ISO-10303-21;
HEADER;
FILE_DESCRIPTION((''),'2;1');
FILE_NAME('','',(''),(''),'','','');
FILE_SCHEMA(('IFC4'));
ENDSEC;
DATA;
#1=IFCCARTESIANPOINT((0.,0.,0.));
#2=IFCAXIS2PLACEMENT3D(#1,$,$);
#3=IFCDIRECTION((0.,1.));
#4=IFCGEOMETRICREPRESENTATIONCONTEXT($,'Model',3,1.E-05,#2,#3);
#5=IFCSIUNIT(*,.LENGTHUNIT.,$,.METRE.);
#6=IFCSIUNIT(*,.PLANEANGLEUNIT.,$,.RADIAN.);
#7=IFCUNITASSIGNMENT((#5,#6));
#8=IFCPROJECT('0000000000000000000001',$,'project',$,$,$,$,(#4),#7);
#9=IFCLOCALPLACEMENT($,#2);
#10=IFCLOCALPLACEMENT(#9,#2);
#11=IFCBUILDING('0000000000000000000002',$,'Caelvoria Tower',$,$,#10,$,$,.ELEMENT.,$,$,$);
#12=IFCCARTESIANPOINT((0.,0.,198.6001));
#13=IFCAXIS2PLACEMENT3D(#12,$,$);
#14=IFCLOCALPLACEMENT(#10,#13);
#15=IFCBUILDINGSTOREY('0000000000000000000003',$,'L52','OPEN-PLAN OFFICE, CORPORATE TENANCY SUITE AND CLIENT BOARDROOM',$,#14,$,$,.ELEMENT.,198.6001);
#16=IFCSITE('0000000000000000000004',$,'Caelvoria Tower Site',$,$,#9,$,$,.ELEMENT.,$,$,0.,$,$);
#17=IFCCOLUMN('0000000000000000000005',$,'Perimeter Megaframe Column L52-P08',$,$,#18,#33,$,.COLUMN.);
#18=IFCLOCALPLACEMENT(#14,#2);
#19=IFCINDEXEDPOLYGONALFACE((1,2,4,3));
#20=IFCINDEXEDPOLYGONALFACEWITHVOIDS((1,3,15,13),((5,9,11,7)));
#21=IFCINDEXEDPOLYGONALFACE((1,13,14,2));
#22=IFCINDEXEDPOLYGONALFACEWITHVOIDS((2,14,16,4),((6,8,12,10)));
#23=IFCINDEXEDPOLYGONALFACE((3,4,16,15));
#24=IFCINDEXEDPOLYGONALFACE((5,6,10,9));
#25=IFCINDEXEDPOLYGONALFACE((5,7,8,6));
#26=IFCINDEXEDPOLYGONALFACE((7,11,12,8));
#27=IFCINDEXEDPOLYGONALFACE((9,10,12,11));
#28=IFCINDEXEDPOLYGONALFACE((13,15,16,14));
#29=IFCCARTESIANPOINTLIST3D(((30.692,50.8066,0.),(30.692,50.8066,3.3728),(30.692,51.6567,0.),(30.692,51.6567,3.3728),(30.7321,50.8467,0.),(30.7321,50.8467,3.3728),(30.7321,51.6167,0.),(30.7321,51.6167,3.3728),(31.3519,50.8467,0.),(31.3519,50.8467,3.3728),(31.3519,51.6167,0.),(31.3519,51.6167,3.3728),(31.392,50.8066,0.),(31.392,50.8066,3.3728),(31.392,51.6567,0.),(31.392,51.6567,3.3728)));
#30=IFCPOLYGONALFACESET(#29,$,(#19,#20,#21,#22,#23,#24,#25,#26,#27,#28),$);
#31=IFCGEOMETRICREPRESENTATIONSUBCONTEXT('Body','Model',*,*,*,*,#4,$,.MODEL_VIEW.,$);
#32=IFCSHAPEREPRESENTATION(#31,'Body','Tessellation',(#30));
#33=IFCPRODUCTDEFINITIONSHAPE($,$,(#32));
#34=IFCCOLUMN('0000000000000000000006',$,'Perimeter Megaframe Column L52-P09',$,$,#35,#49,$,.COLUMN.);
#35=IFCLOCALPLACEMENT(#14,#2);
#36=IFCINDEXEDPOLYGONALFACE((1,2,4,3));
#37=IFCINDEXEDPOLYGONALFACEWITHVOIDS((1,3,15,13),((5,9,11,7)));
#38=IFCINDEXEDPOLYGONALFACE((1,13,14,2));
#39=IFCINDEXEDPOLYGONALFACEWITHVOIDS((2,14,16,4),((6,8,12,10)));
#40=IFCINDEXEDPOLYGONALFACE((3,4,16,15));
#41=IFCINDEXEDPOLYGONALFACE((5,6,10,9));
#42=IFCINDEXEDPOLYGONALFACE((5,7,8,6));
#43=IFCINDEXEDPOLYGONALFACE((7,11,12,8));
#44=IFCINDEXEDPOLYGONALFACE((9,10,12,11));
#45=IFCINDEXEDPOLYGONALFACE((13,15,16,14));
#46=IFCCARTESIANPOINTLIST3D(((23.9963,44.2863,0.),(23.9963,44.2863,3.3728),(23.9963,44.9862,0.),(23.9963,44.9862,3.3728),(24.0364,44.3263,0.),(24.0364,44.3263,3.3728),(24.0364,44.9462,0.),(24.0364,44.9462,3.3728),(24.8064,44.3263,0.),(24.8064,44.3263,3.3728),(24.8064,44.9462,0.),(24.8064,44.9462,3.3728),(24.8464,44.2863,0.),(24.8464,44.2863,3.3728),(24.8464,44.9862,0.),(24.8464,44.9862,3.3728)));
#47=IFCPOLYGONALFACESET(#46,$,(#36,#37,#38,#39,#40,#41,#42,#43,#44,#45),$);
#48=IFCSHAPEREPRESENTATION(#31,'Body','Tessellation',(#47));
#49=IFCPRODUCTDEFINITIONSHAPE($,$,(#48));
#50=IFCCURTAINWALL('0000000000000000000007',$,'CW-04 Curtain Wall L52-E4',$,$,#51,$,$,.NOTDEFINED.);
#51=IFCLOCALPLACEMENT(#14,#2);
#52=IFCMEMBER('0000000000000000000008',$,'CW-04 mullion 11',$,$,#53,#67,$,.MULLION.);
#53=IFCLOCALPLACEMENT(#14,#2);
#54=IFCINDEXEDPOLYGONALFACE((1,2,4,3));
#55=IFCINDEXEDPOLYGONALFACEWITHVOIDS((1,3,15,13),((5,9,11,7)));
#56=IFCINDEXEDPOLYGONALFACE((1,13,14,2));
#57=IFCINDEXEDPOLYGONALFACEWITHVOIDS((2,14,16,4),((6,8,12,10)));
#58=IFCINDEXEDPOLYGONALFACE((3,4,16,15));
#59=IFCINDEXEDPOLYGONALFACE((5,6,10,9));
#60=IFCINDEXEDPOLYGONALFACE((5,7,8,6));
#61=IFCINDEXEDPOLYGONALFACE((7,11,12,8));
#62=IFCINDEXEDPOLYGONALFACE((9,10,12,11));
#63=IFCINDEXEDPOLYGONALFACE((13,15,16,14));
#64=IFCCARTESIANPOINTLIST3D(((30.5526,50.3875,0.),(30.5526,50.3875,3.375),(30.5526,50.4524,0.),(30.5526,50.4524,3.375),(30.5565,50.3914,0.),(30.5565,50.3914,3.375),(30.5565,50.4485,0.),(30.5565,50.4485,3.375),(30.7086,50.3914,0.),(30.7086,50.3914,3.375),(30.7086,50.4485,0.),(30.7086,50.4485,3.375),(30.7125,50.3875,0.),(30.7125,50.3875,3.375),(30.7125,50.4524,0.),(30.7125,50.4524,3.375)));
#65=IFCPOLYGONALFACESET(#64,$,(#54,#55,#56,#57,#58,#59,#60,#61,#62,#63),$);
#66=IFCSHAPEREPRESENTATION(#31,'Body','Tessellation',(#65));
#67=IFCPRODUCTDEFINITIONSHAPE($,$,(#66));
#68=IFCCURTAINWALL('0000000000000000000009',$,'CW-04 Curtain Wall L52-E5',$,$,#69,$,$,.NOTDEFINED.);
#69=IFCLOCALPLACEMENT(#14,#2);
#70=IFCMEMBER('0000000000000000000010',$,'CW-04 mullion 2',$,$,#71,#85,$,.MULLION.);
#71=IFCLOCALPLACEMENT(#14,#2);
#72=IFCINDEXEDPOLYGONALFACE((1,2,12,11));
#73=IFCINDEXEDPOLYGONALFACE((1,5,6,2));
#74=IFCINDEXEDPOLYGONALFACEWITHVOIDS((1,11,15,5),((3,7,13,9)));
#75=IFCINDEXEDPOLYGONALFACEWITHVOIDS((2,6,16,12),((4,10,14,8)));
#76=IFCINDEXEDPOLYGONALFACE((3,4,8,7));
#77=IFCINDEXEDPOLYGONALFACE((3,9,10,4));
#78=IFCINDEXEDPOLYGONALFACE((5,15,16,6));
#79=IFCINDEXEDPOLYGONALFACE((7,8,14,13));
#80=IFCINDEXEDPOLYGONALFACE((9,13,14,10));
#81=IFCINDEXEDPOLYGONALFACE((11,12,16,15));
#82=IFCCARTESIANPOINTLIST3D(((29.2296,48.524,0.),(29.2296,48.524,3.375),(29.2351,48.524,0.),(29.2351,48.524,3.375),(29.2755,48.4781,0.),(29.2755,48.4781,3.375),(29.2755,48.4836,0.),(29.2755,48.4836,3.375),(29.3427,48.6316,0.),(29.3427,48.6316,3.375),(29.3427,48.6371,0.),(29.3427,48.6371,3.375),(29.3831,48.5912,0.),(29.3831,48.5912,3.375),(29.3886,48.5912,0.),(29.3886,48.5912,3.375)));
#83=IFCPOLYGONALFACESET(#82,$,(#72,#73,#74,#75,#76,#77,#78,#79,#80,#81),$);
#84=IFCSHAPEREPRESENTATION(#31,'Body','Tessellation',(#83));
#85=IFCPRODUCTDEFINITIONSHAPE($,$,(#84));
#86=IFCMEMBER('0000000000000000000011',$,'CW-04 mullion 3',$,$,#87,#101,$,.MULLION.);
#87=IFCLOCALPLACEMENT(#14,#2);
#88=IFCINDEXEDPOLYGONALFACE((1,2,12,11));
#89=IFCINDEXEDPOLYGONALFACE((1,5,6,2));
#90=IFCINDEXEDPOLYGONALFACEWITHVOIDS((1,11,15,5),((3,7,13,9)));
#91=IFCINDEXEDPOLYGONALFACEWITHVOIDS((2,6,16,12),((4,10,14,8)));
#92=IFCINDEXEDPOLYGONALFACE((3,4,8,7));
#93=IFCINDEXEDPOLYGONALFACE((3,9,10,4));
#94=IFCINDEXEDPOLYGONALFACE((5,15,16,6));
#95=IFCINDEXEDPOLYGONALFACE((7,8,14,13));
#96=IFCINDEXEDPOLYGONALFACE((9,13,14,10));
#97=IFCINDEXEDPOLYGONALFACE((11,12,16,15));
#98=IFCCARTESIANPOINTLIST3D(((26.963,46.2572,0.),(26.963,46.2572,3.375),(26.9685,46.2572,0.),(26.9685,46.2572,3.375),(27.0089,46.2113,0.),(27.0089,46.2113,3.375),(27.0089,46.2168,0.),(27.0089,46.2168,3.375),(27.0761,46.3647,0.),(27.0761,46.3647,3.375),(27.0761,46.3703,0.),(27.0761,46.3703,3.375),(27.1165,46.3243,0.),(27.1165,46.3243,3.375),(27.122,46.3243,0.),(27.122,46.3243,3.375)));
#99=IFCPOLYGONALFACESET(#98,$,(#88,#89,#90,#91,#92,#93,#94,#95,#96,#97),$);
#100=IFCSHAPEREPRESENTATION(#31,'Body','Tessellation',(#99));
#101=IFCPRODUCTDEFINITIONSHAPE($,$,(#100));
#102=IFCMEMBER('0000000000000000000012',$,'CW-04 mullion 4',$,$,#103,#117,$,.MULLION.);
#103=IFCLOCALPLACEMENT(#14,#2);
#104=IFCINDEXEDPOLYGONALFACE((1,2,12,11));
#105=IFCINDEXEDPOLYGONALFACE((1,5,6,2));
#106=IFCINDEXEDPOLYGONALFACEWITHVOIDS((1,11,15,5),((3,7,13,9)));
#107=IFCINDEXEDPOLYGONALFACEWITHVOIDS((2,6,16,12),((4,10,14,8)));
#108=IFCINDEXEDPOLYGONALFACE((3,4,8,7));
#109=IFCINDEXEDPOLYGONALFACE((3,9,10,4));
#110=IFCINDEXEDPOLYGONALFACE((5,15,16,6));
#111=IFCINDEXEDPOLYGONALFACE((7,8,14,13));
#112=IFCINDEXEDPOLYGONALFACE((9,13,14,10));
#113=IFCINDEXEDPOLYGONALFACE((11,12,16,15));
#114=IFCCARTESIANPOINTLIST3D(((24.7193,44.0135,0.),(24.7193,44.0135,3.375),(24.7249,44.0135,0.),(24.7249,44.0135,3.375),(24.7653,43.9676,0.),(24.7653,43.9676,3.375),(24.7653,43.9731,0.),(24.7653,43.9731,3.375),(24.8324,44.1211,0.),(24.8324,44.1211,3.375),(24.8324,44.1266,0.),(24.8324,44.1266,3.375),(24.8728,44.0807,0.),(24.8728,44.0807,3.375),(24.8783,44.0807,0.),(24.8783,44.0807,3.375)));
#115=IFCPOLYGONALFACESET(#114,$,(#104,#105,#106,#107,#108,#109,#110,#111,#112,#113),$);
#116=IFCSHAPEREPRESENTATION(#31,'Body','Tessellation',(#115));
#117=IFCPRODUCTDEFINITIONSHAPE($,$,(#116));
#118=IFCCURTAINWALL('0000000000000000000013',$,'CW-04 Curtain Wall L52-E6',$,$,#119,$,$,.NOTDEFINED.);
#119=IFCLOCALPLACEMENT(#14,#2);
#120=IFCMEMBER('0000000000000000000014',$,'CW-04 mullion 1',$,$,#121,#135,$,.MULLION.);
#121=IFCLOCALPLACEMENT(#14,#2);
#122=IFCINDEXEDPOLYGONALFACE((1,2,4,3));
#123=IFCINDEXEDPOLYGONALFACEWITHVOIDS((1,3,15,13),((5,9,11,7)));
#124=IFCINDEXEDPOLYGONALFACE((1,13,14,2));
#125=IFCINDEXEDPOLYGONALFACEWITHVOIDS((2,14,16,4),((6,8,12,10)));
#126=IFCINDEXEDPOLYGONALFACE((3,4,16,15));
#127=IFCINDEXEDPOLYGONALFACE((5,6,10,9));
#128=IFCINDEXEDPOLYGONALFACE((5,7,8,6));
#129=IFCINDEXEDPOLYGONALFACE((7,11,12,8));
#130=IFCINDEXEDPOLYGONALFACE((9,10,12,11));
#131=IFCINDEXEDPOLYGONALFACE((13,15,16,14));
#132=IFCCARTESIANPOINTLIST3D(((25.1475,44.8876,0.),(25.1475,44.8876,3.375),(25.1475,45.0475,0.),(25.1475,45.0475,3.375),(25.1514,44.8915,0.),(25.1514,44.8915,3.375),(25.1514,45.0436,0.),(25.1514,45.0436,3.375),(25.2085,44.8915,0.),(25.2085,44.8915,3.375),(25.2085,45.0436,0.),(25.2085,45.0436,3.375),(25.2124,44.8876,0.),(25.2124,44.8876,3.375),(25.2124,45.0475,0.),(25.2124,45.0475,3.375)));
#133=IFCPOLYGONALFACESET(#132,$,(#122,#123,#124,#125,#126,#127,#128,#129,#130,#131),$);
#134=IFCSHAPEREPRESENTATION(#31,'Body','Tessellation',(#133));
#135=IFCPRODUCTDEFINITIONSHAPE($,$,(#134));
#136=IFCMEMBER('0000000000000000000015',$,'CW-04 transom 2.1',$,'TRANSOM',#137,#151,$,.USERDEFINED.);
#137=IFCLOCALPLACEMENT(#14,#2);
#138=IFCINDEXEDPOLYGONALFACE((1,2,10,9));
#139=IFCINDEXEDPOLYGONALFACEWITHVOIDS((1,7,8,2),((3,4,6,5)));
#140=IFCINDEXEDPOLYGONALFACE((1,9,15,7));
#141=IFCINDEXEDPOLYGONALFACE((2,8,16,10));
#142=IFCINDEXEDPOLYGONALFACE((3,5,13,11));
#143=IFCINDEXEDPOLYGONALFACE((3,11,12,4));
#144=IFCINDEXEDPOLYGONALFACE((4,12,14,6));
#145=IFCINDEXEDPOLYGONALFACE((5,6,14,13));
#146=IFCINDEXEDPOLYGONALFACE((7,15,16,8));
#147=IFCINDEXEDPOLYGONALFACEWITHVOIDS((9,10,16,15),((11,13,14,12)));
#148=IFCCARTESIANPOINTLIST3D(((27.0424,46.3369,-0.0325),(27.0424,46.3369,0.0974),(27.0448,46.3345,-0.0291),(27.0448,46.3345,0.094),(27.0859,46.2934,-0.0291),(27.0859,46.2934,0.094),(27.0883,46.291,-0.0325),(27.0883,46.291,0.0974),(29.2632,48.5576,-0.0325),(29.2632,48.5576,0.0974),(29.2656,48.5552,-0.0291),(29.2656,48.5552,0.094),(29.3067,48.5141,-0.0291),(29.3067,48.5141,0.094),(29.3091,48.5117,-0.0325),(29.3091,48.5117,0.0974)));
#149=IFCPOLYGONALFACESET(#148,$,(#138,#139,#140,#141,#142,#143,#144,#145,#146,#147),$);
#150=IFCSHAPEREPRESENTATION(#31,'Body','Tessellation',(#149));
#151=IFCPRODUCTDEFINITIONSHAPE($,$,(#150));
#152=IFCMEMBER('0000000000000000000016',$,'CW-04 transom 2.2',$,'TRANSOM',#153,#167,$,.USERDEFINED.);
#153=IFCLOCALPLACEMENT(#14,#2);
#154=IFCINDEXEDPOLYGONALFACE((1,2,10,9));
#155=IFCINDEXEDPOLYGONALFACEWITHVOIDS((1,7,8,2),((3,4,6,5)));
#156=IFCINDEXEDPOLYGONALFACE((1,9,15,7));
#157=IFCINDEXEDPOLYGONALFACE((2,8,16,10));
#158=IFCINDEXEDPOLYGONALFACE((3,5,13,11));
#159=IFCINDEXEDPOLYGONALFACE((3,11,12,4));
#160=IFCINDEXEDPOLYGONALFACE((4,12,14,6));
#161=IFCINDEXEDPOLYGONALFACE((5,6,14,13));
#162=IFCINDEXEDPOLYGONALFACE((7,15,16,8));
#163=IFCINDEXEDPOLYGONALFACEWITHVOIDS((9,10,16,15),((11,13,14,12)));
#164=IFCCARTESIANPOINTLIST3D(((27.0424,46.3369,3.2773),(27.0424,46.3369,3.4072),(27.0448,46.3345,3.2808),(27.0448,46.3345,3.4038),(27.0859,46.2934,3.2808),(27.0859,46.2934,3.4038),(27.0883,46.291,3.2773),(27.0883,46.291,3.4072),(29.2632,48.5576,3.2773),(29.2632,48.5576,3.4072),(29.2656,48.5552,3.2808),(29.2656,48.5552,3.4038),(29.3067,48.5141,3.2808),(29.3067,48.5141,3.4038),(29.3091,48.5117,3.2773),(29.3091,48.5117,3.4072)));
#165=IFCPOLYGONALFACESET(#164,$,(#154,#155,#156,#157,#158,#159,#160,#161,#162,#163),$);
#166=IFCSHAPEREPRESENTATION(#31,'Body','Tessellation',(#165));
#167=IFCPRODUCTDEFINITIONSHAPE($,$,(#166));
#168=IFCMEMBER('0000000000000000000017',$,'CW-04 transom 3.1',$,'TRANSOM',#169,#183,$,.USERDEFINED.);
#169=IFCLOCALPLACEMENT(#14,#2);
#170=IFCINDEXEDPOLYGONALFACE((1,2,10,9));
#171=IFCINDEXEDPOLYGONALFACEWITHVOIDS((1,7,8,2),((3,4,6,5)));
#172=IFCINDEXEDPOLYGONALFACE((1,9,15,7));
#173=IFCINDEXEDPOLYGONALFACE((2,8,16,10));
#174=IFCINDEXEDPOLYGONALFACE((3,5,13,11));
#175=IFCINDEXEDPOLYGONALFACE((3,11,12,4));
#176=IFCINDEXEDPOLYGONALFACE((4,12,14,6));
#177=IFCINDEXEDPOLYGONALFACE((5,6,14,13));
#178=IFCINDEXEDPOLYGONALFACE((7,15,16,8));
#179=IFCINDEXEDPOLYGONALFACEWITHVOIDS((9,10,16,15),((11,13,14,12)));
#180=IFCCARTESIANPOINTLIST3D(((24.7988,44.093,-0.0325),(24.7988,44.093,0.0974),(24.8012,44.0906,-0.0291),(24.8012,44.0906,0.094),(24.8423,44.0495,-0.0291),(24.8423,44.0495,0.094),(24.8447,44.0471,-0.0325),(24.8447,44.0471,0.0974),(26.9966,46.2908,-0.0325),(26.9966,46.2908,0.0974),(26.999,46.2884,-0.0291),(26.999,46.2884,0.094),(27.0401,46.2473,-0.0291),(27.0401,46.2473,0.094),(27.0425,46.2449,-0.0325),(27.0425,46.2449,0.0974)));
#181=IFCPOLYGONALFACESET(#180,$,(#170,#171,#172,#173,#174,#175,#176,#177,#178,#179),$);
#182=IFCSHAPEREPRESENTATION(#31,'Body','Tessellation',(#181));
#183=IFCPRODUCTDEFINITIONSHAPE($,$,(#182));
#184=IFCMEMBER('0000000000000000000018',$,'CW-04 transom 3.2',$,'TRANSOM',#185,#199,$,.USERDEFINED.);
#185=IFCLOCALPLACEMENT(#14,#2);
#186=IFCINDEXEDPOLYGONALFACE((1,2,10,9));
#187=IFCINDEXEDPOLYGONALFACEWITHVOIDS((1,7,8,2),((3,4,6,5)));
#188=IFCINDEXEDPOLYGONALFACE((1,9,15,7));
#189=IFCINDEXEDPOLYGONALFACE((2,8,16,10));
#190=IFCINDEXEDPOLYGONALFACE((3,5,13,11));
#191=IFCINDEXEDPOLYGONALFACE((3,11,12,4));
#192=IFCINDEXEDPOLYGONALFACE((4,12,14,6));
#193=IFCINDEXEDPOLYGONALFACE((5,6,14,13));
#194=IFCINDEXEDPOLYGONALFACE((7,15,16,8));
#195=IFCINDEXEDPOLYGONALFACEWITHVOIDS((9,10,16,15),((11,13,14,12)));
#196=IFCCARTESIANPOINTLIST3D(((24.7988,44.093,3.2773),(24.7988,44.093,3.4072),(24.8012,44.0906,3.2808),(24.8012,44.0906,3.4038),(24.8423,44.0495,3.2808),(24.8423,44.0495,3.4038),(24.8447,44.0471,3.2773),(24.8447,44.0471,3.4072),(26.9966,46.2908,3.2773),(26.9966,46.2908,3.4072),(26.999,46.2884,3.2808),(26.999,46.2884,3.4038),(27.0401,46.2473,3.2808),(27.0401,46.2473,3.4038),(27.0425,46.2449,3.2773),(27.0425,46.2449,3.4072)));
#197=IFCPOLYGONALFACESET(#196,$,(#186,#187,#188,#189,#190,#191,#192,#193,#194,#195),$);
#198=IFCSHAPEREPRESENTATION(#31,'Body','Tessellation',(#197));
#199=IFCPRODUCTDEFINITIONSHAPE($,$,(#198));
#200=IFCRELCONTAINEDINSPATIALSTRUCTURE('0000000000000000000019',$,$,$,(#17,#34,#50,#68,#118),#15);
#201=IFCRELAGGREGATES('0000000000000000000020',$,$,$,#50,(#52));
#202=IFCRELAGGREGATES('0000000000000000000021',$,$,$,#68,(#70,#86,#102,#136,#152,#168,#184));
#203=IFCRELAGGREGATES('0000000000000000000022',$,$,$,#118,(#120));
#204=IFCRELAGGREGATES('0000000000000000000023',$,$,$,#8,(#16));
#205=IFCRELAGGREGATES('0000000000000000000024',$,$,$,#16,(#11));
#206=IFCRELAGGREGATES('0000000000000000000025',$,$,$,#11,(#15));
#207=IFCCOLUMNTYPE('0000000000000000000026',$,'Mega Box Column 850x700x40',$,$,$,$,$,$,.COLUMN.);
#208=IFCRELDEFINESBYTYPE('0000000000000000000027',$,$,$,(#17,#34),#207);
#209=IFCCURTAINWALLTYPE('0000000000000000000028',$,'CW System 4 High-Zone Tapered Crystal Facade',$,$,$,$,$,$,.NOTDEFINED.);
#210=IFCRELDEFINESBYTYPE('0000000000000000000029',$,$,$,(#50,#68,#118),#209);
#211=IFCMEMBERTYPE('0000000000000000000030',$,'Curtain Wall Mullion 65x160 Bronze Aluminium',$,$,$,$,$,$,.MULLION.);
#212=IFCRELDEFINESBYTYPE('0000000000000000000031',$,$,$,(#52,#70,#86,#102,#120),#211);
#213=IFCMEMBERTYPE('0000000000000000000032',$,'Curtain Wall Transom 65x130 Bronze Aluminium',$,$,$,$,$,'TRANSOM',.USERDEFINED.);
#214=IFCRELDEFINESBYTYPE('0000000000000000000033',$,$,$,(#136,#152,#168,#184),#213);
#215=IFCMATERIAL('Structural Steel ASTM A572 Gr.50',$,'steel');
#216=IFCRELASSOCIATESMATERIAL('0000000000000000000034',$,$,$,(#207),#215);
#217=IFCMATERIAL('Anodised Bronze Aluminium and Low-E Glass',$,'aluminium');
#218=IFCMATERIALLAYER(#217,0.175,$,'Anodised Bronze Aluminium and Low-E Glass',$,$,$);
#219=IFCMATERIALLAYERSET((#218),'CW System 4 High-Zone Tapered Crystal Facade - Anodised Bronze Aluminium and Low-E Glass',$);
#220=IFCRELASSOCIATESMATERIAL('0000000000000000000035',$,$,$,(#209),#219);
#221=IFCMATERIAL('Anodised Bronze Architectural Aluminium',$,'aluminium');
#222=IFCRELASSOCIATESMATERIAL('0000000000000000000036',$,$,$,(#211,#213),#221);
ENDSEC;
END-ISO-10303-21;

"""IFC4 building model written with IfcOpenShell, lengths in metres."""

from ifc_helpers import new_model, si_unit, direction, frame, origin, origin_2d, place, context, subcontext, project, spatial, hollow_rectangle, extrude, material, layer, layer_set, material_profile, profile_set, type_object, element, aggregate, save


model = new_model("IFC4")

# Units and contexts
model_context = context("Model", 3, precision=1e-05, world=origin(), true_north=direction((0.0, 1.0)))
body_context = subcontext(model_context, "Body", "Model", "MODEL_VIEW")
ifc_project = project(units=[si_unit("LENGTHUNIT", "METRE"), si_unit("PLANEANGLEUNIT", "RADIAN")], contexts=[model_context])

# Site, building, storey
site_placement = place(None, origin())
site = spatial("IfcSite", under=ifc_project, at=site_placement, Name="Caelvoria Tower Site", CompositionType="ELEMENT", RefElevation=0.0)
building_placement = place(site_placement, origin())
building = spatial("IfcBuilding", under=site, at=building_placement, Name="Caelvoria Tower", CompositionType="ELEMENT")
storey_placement = place(building_placement, frame((0.0, 0.0, 198.6001)))
storey = spatial("IfcBuildingStorey", under=building, at=storey_placement, Name="L52", Description="OPEN-PLAN OFFICE, CORPORATE TENANCY SUITE AND CLIENT BOARDROOM", CompositionType="ELEMENT", Elevation=198.6001)

# Columns
ifc_material_1 = material(Name="Structural Steel ASTM A572 Gr.50", Category="steel")
ifc_material_profile_1 = material_profile(ifc_material_1, hollow_rectangle(XDim=0.7, YDim=0.8501, WallThickness=0.04, at=origin_2d()), Name="Structural Steel ASTM A572 Gr.50")
ifc_profile_set_1 = profile_set([ifc_material_profile_1], Name="BOX850X700X40 - Structural Steel ASTM A572 Gr.50")
column_type = type_object("IfcColumnType", Name="Mega Box Column 850x700x40", PredefinedType="COLUMN", material=ifc_profile_set_1)
for number, where, z_axis, x_axis, name in (
    (1, (31.042, 51.2317, 0.0), (0.0, 0.0, 1.0), (1.0, 0.0, 0.0), "Perimeter Megaframe Column L52-P08"),
    (2, (24.4214, 44.6362, 0.0), (0.0, 0.0, 1.0), (0.0, 1.0, 0.0), "Perimeter Megaframe Column L52-P09"),
):
    element("IfcColumn", number, at=place(storey_placement, frame(where, z_axis=z_axis, x_axis=x_axis)), inside=storey, type_object=column_type, Name=name, PredefinedType="COLUMN", context=body_context, shape_type="SweptSolid", body=[
        extrude(hollow_rectangle(XDim=0.7, YDim=0.8501, WallThickness=0.04, at=origin_2d()), origin(), (0.0, 0.0, 1.0), 3.3728),
    ])

# Curtain wall, member
ifc_material_2 = material(Name="Anodised Bronze Aluminium and Low-E Glass", Category="aluminium")
ifc_layer_1 = layer(ifc_material_2, 0.175, Name="Anodised Bronze Aluminium and Low-E Glass")
ifc_layer_set_1 = layer_set([ifc_layer_1], Name="CW System 4 High-Zone Tapered Crystal Facade - Anodised Bronze Aluminium and Low-E Glass")
curtain_wall_type = type_object("IfcCurtainWallType", Name="CW System 4 High-Zone Tapered Crystal Facade", PredefinedType="NOTDEFINED", material=ifc_layer_set_1)
curtain_wall_1_placement = place(storey_placement, origin())
curtain_wall_1 = element("IfcCurtainWall", 3, at=curtain_wall_1_placement, inside=storey, type_object=curtain_wall_type, Name="CW-04 Curtain Wall L52-E4", PredefinedType="NOTDEFINED")
ifc_material_3 = material(Name="Anodised Bronze Architectural Aluminium", Category="aluminium")
ifc_material_profile_2 = material_profile(ifc_material_3, hollow_rectangle(XDim=0.0649, YDim=0.1599, WallThickness=0.0039, at=origin_2d()), Name="Anodised Bronze Architectural Aluminium")
ifc_profile_set_2 = profile_set([ifc_material_profile_2], Name="CW_MULL_65X160 - Anodised Bronze Architectural Aluminium")
member_type_1 = type_object("IfcMemberType", Name="Curtain Wall Mullion 65x160 Bronze Aluminium", PredefinedType="MULLION", material=ifc_profile_set_2)
member_1_placement = place(storey_placement, frame((30.6326, 50.4199, 0.0), z_axis=(0.0, 0.0, 1.0), x_axis=(0.0, -1.0, 0.0)))
member_1 = element("IfcMember", 4, at=member_1_placement, type_object=member_type_1, Name="CW-04 mullion 11", PredefinedType="MULLION", context=body_context, shape_type="SweptSolid", body=[
    extrude(hollow_rectangle(XDim=0.0649, YDim=0.1599, WallThickness=0.0039, at=origin_2d()), origin(), (0.0, 0.0, 1.0), 3.375),
])
aggregate(curtain_wall_1, [member_1])

# Curtain wall, members
curtain_wall_2_placement = place(storey_placement, origin())
curtain_wall_2 = element("IfcCurtainWall", 5, at=curtain_wall_2_placement, inside=storey, type_object=curtain_wall_type, Name="CW-04 Curtain Wall L52-E5", PredefinedType="NOTDEFINED")
member_2_placement = place(storey_placement, frame((29.3091, 48.5576, 0.0), z_axis=(0.0, 0.0, 1.0), x_axis=(0.707107, -0.707107, 0.0)))
member_2 = element("IfcMember", 6, at=member_2_placement, type_object=member_type_1, Name="CW-04 mullion 2", PredefinedType="MULLION", context=body_context, shape_type="SweptSolid", body=[
    extrude(hollow_rectangle(XDim=0.0649, YDim=0.1599, WallThickness=0.0039, at=origin_2d()), origin(), (0.0, 0.0, 1.0), 3.375),
])
member_3_placement = place(storey_placement, frame((27.0425, 46.2908, 0.0), z_axis=(0.0, 0.0, 1.0), x_axis=(0.707107, -0.707107, 0.0)))
member_3 = element("IfcMember", 7, at=member_3_placement, type_object=member_type_1, Name="CW-04 mullion 3", PredefinedType="MULLION", context=body_context, shape_type="SweptSolid", body=[
    extrude(hollow_rectangle(XDim=0.0649, YDim=0.1599, WallThickness=0.0039, at=origin_2d()), origin(), (0.0, 0.0, 1.0), 3.375),
])
member_4_placement = place(storey_placement, frame((24.7988, 44.0471, 0.0), z_axis=(0.0, 0.0, 1.0), x_axis=(0.707107, -0.707107, 0.0)))
member_4 = element("IfcMember", 8, at=member_4_placement, type_object=member_type_1, Name="CW-04 mullion 4", PredefinedType="MULLION", context=body_context, shape_type="SweptSolid", body=[
    extrude(hollow_rectangle(XDim=0.0649, YDim=0.1599, WallThickness=0.0039, at=origin_2d()), origin(), (0.0, 0.0, 1.0), 3.375),
])

# Curtain wall, member
curtain_wall_3_placement = place(storey_placement, origin())
curtain_wall_3 = element("IfcCurtainWall", 9, at=curtain_wall_3_placement, inside=storey, type_object=curtain_wall_type, Name="CW-04 Curtain Wall L52-E6", PredefinedType="NOTDEFINED")
member_5_placement = place(storey_placement, frame((25.1799, 44.9675, 0.0), z_axis=(0.0, 0.0, 1.0), x_axis=(1.0, 0.0, 0.0)))
member_5 = element("IfcMember", 10, at=member_5_placement, type_object=member_type_1, Name="CW-04 mullion 1", PredefinedType="MULLION", context=body_context, shape_type="SweptSolid", body=[
    extrude(hollow_rectangle(XDim=0.0649, YDim=0.1599, WallThickness=0.0039, at=origin_2d()), origin(), (0.0, 0.0, 1.0), 3.375),
])

# Members
ifc_material_profile_3 = material_profile(ifc_material_3, hollow_rectangle(XDim=0.0649, YDim=0.1299, WallThickness=0.0034, at=origin_2d()), Name="Anodised Bronze Architectural Aluminium")
ifc_profile_set_3 = profile_set([ifc_material_profile_3], Name="CW_TRAN_65X130 - Anodised Bronze Architectural Aluminium")
member_type_2 = type_object("IfcMemberType", Name="Curtain Wall Transom 65x130 Bronze Aluminium", ElementType="TRANSOM", PredefinedType="USERDEFINED", material=ifc_profile_set_3)
member_6_placement = place(storey_placement, frame((29.2861, 48.5347, 0.0325), z_axis=(-0.707107, -0.707107, 0.0), x_axis=(0.707107, -0.707107, 0.0)))
member_6 = element("IfcMember", 11, at=member_6_placement, type_object=member_type_2, Name="CW-04 transom 2.1", ObjectType="TRANSOM", PredefinedType="USERDEFINED", context=body_context, shape_type="SweptSolid", body=[
    extrude(hollow_rectangle(XDim=0.0649, YDim=0.1299, WallThickness=0.0034, at=origin_2d()), origin(), (0.0, 0.0, 1.0), 3.1406),
])
member_7_placement = place(storey_placement, frame((29.2861, 48.5347, 3.3423), z_axis=(-0.707107, -0.707107, 0.0), x_axis=(0.707107, -0.707107, 0.0)))
member_7 = element("IfcMember", 12, at=member_7_placement, type_object=member_type_2, Name="CW-04 transom 2.2", ObjectType="TRANSOM", PredefinedType="USERDEFINED", context=body_context, shape_type="SweptSolid", body=[
    extrude(hollow_rectangle(XDim=0.0649, YDim=0.1299, WallThickness=0.0034, at=origin_2d()), origin(), (0.0, 0.0, 1.0), 3.1406),
])
member_8_placement = place(storey_placement, frame((27.0195, 46.2678, 0.0325), z_axis=(-0.707107, -0.707107, 0.0), x_axis=(0.707107, -0.707107, 0.0)))
member_8 = element("IfcMember", 13, at=member_8_placement, type_object=member_type_2, Name="CW-04 transom 3.1", ObjectType="TRANSOM", PredefinedType="USERDEFINED", context=body_context, shape_type="SweptSolid", body=[
    extrude(hollow_rectangle(XDim=0.0649, YDim=0.1299, WallThickness=0.0034, at=origin_2d()), origin(), (0.0, 0.0, 1.0), 3.1082),
])
member_9_placement = place(storey_placement, frame((27.0195, 46.2678, 3.3423), z_axis=(-0.707107, -0.707107, 0.0), x_axis=(0.707107, -0.707107, 0.0)))
member_9 = element("IfcMember", 14, at=member_9_placement, type_object=member_type_2, Name="CW-04 transom 3.2", ObjectType="TRANSOM", PredefinedType="USERDEFINED", context=body_context, shape_type="SweptSolid", body=[
    extrude(hollow_rectangle(XDim=0.0649, YDim=0.1299, WallThickness=0.0034, at=origin_2d()), origin(), (0.0, 0.0, 1.0), 3.1082),
])

aggregate(curtain_wall_2, [member_2, member_3, member_4, member_6, member_7, member_8, member_9])
aggregate(curtain_wall_3, [member_5])

save(model, "model.ifc")
